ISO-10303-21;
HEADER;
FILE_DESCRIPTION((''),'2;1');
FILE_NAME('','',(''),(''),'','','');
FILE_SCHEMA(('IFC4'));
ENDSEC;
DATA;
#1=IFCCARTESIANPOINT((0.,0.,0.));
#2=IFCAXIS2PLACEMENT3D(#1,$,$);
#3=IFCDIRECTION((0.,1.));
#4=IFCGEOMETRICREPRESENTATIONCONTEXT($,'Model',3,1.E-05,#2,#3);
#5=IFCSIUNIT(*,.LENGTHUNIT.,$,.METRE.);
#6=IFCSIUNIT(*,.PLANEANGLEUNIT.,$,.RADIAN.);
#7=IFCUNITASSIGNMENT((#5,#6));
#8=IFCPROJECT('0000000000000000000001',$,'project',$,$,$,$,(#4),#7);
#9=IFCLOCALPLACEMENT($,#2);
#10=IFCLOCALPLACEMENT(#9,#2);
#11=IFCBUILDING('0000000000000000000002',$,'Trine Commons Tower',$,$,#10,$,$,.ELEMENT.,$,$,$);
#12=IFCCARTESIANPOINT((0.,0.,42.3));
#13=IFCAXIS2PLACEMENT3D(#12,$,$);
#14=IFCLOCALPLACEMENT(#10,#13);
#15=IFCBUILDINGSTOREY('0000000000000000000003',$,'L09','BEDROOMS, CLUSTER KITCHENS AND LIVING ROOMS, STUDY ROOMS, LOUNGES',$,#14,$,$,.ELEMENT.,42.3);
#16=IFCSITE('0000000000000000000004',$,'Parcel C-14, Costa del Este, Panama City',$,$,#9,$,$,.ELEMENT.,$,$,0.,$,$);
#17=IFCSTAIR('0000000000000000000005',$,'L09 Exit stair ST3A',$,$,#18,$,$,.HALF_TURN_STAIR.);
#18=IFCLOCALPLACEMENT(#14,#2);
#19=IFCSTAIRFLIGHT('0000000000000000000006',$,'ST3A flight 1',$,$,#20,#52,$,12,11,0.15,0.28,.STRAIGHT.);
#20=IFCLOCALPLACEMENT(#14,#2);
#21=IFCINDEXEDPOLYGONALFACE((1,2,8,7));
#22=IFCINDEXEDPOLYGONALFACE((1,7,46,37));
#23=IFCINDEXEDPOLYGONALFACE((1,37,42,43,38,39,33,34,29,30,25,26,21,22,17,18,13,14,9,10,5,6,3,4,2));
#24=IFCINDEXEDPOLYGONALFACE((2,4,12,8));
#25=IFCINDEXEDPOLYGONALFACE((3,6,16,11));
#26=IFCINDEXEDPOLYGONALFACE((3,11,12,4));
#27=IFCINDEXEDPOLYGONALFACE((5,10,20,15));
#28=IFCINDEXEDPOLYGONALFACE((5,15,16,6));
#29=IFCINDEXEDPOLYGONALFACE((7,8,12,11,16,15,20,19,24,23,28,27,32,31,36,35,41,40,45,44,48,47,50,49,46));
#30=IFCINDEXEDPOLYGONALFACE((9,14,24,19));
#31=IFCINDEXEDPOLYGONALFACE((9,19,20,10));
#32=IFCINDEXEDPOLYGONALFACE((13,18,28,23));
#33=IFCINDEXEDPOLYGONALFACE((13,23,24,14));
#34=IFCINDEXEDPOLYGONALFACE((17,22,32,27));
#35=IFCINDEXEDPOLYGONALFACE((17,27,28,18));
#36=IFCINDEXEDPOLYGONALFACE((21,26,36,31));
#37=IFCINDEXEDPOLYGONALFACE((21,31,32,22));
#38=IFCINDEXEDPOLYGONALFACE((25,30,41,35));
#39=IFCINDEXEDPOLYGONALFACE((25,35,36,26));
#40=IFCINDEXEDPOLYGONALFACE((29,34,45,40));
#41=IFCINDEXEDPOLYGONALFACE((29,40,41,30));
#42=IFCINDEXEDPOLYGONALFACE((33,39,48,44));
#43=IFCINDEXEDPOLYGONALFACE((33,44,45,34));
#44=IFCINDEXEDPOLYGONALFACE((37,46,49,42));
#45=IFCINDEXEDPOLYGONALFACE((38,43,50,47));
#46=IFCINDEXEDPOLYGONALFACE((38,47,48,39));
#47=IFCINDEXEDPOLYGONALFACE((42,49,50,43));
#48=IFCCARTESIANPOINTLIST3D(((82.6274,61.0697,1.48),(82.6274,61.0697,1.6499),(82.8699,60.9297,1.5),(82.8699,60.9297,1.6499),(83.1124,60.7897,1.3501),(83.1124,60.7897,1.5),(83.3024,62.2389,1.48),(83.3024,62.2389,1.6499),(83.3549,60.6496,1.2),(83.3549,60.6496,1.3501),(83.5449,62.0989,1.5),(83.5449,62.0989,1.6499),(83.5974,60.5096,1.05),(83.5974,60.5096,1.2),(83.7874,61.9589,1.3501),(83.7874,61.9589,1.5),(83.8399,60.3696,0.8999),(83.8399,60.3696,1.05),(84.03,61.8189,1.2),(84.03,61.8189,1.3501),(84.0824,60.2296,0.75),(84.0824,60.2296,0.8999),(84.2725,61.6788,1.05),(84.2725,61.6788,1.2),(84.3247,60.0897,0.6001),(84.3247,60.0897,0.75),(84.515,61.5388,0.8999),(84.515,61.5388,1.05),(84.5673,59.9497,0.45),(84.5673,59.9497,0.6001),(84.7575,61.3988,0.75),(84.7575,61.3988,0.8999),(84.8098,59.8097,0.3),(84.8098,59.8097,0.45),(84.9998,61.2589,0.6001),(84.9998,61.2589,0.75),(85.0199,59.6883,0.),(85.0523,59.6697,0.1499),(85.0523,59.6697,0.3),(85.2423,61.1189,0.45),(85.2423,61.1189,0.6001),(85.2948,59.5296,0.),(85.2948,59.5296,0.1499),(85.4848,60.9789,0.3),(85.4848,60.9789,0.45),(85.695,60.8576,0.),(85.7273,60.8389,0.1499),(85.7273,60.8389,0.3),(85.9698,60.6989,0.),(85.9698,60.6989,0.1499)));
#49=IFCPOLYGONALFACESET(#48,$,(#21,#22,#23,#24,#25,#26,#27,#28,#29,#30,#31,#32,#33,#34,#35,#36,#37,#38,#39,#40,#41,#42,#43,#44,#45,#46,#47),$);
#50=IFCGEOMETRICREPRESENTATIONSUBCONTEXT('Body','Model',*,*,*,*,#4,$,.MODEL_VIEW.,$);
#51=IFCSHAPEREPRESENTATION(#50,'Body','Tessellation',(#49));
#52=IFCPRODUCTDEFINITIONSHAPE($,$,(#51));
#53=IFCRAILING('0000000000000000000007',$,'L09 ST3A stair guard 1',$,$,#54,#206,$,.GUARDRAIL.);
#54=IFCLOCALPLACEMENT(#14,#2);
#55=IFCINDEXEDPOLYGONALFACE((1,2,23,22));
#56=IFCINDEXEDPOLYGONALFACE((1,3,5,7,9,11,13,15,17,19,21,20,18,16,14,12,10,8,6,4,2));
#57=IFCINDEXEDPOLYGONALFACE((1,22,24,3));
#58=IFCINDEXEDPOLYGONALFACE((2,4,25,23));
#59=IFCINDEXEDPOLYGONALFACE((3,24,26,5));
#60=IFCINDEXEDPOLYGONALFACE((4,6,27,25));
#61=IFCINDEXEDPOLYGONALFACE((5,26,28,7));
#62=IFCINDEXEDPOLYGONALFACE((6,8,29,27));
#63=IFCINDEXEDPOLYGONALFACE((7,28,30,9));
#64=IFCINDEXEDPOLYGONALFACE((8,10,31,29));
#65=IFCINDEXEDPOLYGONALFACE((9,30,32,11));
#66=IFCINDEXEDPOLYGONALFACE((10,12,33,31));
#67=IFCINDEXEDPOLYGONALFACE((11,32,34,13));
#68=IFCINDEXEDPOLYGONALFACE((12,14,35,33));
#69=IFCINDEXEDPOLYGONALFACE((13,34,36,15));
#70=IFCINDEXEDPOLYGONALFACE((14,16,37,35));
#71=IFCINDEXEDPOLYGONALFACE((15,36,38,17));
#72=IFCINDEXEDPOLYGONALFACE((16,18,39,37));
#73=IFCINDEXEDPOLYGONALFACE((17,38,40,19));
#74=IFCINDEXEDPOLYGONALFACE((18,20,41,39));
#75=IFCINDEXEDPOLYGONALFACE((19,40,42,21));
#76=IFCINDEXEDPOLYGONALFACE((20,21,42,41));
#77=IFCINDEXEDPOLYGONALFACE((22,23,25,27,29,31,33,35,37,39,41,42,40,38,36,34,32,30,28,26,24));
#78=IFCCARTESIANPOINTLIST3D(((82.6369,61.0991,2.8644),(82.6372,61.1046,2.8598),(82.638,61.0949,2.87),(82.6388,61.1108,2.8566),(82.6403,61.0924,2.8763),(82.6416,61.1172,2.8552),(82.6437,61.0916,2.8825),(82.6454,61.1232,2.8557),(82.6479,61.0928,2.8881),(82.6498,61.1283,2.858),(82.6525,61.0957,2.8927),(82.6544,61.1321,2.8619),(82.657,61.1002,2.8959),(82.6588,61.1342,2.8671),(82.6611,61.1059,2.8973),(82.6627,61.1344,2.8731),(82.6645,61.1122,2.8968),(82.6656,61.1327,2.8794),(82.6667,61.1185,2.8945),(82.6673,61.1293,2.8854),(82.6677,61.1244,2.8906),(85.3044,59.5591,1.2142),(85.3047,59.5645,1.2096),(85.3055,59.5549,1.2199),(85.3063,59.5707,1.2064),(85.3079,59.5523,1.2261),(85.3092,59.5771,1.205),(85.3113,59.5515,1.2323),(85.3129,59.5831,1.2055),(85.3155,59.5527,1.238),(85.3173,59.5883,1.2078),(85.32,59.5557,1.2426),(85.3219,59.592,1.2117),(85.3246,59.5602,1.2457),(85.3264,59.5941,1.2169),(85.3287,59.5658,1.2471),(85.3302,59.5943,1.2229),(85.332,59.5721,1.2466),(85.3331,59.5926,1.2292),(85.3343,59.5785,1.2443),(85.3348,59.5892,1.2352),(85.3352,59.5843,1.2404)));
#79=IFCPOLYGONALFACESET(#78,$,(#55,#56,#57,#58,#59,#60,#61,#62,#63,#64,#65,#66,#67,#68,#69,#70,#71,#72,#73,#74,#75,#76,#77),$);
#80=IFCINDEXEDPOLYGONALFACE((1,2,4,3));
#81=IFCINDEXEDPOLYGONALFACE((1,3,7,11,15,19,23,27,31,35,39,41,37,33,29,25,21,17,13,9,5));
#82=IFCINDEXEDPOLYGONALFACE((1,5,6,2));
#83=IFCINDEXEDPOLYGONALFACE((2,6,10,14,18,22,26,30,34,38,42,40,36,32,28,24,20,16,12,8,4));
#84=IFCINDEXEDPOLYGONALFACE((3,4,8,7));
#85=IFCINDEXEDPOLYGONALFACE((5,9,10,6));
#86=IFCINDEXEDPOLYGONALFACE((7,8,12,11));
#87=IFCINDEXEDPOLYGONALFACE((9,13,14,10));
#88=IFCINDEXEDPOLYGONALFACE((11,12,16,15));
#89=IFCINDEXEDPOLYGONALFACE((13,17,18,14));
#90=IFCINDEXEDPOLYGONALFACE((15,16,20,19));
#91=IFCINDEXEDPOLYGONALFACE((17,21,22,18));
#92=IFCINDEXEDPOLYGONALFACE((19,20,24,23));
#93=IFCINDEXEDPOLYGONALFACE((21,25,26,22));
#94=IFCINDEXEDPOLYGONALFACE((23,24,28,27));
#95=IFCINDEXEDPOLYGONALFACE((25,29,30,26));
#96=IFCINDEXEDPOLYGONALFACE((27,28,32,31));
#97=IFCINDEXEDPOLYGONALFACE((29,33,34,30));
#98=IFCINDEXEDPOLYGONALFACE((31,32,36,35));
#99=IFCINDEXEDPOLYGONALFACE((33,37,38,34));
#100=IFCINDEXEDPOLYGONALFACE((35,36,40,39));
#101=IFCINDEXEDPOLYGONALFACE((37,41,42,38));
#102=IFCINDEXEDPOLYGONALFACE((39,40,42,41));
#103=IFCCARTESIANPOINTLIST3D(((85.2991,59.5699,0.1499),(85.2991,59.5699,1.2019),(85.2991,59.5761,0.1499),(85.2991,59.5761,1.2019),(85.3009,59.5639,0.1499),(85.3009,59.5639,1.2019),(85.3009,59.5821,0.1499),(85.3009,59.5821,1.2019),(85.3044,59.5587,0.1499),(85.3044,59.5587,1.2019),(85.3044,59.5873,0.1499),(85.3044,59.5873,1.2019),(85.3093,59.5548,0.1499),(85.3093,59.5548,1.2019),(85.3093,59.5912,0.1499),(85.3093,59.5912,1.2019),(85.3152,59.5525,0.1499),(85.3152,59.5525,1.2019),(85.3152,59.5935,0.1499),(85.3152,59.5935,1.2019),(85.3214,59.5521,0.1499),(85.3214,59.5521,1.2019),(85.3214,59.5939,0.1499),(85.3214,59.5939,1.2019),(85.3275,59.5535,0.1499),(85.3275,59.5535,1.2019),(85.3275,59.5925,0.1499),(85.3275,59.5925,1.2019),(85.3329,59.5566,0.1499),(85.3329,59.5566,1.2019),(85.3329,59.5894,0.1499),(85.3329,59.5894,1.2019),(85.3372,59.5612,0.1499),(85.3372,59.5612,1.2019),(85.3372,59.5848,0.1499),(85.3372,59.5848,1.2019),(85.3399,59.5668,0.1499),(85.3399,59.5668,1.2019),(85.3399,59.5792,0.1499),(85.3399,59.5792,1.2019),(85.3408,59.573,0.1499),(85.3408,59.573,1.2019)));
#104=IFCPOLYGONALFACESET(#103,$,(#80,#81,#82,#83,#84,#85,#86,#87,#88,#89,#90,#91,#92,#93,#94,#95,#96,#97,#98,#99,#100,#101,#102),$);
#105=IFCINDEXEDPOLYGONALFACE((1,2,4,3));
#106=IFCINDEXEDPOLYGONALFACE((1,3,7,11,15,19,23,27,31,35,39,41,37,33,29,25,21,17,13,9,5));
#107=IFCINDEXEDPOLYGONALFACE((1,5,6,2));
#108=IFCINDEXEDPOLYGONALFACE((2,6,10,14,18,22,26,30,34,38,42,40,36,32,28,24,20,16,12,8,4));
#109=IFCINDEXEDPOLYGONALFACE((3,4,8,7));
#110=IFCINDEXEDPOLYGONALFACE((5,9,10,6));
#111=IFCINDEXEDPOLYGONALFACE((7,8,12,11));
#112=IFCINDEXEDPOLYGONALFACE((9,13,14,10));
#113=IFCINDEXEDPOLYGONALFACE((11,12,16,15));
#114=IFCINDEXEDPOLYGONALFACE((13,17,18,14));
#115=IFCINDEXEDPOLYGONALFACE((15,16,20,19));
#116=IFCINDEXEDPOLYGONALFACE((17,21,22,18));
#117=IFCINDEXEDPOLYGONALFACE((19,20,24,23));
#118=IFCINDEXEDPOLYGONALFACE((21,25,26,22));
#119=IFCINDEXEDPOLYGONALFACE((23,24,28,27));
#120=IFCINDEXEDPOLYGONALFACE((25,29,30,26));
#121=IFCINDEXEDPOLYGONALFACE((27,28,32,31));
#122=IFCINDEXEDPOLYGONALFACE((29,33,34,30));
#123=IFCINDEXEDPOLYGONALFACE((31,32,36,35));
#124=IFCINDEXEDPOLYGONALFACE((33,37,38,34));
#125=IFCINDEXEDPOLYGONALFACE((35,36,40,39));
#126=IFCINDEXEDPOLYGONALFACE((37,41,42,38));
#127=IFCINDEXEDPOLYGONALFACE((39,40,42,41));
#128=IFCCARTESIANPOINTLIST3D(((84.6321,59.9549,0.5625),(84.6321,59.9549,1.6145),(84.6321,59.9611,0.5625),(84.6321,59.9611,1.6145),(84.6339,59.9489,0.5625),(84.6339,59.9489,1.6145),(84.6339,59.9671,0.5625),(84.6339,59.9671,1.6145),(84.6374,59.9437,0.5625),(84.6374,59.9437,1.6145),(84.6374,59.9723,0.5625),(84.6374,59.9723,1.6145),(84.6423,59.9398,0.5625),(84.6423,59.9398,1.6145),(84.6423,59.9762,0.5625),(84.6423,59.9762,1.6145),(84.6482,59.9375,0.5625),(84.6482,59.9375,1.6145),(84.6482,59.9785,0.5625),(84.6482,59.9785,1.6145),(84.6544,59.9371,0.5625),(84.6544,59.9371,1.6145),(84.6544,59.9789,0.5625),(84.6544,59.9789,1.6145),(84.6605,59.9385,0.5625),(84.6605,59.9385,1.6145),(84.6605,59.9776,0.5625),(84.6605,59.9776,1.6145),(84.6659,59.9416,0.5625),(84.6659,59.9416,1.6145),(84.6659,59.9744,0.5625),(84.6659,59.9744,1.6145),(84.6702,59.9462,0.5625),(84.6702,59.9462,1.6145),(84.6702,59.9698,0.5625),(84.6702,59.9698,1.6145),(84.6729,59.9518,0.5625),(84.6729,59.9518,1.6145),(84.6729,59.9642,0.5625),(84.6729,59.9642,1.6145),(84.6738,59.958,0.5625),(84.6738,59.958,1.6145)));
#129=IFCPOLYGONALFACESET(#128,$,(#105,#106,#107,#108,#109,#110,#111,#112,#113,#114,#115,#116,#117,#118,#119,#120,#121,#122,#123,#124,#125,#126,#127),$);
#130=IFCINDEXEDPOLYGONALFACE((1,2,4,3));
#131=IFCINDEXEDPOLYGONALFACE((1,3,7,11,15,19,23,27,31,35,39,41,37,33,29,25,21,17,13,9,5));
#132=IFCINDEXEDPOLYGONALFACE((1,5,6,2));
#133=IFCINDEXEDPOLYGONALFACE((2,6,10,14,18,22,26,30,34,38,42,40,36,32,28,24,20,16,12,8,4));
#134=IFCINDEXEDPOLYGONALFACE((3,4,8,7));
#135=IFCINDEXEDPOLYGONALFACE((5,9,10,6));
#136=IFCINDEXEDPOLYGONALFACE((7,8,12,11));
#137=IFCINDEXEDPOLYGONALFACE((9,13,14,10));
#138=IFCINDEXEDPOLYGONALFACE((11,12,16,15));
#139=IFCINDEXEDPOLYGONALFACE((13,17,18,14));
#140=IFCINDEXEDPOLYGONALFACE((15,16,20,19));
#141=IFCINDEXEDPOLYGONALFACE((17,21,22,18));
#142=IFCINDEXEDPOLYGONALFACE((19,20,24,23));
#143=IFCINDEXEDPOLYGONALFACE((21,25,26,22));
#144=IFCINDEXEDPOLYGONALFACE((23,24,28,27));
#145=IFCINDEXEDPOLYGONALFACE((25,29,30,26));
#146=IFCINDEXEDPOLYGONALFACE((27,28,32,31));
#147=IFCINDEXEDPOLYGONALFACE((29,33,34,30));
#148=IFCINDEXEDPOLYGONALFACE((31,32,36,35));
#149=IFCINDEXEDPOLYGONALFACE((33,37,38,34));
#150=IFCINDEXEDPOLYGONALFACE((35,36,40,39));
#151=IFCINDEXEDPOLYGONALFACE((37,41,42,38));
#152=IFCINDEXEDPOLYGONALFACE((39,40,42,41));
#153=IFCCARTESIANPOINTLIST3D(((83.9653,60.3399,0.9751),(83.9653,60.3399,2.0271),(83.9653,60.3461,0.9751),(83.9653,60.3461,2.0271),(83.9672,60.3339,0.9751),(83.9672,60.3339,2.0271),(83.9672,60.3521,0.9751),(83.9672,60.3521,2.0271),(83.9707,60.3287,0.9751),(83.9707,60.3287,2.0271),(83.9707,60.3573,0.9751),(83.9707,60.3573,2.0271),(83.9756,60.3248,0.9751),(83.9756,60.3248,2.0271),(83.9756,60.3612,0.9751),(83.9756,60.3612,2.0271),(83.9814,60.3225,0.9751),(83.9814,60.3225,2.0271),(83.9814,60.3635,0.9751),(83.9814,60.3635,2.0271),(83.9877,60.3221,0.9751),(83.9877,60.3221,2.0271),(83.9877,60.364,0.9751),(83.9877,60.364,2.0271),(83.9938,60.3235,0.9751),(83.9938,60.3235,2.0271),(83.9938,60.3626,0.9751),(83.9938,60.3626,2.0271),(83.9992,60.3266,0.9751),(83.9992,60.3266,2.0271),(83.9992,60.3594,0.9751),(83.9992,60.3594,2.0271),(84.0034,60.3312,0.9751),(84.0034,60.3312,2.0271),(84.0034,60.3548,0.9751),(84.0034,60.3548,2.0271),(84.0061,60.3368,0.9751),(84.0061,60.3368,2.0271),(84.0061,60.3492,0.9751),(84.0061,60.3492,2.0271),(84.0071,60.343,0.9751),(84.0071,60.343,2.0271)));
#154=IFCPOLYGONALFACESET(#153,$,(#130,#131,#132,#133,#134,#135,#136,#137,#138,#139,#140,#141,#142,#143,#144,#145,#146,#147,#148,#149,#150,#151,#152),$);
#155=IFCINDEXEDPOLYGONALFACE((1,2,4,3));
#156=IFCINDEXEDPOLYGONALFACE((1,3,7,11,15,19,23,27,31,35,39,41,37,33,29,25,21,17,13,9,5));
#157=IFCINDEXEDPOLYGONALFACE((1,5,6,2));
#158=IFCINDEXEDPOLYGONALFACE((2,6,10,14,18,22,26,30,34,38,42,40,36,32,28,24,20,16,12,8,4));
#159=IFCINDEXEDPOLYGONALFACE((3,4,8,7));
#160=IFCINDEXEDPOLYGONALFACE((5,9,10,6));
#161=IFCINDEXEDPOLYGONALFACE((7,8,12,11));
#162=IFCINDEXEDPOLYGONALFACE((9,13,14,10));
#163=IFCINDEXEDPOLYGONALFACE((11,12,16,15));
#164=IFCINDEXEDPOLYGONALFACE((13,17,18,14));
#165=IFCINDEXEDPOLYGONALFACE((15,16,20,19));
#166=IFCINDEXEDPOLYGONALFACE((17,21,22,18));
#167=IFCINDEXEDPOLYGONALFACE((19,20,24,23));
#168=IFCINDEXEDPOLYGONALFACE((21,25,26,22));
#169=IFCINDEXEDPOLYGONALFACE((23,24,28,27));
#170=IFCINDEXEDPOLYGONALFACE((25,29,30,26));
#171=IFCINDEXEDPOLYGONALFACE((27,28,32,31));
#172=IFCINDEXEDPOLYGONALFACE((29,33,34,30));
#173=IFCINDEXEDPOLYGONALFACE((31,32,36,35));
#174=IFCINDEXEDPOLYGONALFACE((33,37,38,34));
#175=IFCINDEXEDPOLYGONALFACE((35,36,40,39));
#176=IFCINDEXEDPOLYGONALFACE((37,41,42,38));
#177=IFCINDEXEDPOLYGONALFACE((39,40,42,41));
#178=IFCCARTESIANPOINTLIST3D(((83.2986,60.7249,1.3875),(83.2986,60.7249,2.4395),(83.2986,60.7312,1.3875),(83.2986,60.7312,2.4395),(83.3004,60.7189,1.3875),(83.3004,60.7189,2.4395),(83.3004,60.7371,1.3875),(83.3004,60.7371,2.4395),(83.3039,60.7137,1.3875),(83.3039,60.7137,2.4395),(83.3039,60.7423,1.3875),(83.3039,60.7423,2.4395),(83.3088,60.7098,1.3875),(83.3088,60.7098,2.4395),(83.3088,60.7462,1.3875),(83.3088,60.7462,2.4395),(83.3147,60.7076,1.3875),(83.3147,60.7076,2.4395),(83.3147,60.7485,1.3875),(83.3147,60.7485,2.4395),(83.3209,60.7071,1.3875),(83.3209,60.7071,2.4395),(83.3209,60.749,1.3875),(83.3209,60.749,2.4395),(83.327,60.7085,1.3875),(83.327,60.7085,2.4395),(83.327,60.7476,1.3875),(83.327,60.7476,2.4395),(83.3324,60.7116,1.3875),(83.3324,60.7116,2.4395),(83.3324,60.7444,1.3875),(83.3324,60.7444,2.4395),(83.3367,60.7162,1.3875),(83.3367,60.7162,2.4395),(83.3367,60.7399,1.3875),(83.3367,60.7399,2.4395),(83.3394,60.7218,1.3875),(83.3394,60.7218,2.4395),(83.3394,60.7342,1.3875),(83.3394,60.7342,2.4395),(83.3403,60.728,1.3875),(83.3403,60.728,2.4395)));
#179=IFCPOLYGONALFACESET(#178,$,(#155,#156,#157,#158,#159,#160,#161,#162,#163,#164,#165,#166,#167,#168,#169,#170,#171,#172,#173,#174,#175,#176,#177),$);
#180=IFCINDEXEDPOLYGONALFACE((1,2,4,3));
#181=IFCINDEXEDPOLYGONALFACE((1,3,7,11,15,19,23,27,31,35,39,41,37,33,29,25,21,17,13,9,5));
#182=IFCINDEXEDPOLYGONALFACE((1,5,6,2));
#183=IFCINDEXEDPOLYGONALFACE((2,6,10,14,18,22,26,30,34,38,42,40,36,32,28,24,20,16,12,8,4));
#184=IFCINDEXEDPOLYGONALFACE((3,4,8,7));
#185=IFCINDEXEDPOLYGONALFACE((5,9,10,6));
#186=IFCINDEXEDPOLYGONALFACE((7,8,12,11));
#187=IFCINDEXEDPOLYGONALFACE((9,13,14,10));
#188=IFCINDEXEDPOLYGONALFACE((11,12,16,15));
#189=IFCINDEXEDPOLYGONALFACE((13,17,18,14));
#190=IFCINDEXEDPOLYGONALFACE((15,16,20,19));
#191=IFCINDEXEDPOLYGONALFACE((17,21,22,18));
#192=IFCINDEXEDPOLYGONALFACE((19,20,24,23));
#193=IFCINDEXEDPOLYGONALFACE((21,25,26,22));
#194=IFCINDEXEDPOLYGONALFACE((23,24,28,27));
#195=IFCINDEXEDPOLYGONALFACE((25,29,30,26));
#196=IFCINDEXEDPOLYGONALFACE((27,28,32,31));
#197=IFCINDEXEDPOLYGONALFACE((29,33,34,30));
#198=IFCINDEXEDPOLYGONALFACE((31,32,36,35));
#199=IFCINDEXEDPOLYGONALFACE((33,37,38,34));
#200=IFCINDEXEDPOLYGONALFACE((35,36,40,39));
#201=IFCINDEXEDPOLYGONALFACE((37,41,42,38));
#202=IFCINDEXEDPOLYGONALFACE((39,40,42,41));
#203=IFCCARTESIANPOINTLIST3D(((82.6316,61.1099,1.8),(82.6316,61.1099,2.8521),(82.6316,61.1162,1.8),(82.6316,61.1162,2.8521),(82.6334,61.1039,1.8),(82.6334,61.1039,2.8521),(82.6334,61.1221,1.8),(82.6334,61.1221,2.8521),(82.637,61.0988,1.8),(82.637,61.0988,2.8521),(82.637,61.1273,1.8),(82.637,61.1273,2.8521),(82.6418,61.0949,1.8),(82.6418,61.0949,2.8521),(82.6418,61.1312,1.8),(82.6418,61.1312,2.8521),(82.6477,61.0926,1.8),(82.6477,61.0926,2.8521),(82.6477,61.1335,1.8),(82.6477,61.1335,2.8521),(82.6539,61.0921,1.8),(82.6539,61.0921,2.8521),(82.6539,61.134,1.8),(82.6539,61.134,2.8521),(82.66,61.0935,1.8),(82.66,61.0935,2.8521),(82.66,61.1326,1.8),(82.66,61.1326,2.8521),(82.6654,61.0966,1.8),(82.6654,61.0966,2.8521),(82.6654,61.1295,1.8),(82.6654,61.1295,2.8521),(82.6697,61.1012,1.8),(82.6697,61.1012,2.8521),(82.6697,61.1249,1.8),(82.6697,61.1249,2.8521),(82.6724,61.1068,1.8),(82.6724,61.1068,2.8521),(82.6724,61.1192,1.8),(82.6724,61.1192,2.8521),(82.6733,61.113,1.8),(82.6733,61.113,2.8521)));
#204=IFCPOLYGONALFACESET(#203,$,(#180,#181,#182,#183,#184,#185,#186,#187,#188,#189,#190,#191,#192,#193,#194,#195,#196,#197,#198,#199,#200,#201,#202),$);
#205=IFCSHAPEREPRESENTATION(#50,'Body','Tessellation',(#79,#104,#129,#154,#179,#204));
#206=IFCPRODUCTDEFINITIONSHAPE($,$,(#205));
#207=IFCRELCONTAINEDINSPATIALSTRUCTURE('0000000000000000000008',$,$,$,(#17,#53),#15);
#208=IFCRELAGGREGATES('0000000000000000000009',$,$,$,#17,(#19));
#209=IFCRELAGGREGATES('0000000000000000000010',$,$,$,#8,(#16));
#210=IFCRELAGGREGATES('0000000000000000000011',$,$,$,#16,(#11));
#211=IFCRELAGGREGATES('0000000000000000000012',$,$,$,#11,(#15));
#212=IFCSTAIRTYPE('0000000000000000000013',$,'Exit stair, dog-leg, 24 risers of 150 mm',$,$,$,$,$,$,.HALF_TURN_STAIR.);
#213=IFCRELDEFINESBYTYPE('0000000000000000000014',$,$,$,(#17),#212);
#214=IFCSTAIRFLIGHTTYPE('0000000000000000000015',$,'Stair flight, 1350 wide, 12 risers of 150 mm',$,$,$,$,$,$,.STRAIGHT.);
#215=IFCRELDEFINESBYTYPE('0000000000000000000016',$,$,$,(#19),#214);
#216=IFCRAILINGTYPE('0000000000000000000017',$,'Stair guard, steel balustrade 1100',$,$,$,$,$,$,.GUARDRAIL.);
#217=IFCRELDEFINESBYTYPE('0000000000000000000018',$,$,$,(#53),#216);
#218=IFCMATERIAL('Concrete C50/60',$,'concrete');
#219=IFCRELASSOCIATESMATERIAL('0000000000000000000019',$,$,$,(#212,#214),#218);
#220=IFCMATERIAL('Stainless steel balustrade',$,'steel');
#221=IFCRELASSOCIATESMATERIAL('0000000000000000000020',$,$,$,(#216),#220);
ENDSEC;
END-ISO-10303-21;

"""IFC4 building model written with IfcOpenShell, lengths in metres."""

from ifc_helpers import new_model, si_unit, direction, frame, origin, origin_2d, place, context, subcontext, project, spatial, polyline, circle, outline, extrude, material, type_object, element, aggregate, save


model = new_model("IFC4")

# Units and contexts
model_context = context("Model", 3, precision=1e-05, world=origin(), true_north=direction((0.0, 1.0)))
body_context = subcontext(model_context, "Body", "Model", "MODEL_VIEW")
ifc_project = project(units=[si_unit("LENGTHUNIT", "METRE"), si_unit("PLANEANGLEUNIT", "RADIAN")], contexts=[model_context])

# Site, building, storey
site_placement = place(None, origin())
site = spatial("IfcSite", under=ifc_project, at=site_placement, Name="Parcel C-14, Costa del Este, Panama City", CompositionType="ELEMENT", RefElevation=0.0)
building_placement = place(site_placement, origin())
building = spatial("IfcBuilding", under=site, at=building_placement, Name="Trine Commons Tower", CompositionType="ELEMENT")
storey_placement = place(building_placement, frame((0.0, 0.0, 42.3)))
storey = spatial("IfcBuildingStorey", under=building, at=storey_placement, Name="L09", Description="BEDROOMS, CLUSTER KITCHENS AND LIVING ROOMS, STUDY ROOMS, LOUNGES", CompositionType="ELEMENT", Elevation=42.3)

# Shared definitions
ifc_material_1 = material(Name="Concrete C50/60", Category="concrete")

# Stair, stair flight
stair_type = type_object("IfcStairType", Name="Exit stair, dog-leg, 24 risers of 150 mm", PredefinedType="HALF_TURN_STAIR", material=ifc_material_1)
stair_placement = place(storey_placement, origin())
stair = element("IfcStair", 1, at=stair_placement, inside=storey, type_object=stair_type, Name="L09 Exit stair ST3A", PredefinedType="HALF_TURN_STAIR")
stair_flight_type = type_object("IfcStairFlightType", Name="Stair flight, 1350 wide, 12 risers of 150 mm", PredefinedType="STRAIGHT", material=ifc_material_1)
stair_flight_placement = place(storey_placement, frame((85.6323, 60.1143, 0.0), z_axis=(0.0, 0.0, 1.0), x_axis=(-0.866025, 0.5, 0.0)))
stair_flight = element("IfcStairFlight", 2, at=stair_flight_placement, type_object=stair_flight_type, Name="ST3A flight 1", NumberOfRisers=12, NumberOfTreads=11, PredefinedType="STRAIGHT", RiserHeight=0.15, TreadLength=0.28, context=body_context, shape_type="SweptSolid", body=[
    extrude(outline(polyline([(0.0, 0.0), (0.0, 0.1499), (0.28, 0.1499), (0.28, 0.3), (0.5601, 0.3), (0.5601, 0.45), (0.8401, 0.45), (0.8401, 0.6001), (1.1201, 0.6001), (1.1201, 0.75), (1.3999, 0.75), (1.3999, 0.8999), (1.6799, 0.8999), (1.6799, 1.05), (1.96, 1.05), (1.96, 1.2), (2.24, 1.2), (2.24, 1.3501), (2.52, 1.3501), (2.52, 1.5), (2.8, 1.5), (2.8, 1.6499), (3.0801, 1.6499), (3.0801, 1.8), (3.0801, 1.48), (0.3174, 0.0), (0.0, 0.0)])), frame((0.0, 0.675, 0.0), z_axis=(0.0, -1.0, 0.0), x_axis=(1.0, 0.0, 0.0)), (0.0, 0.0, 1.0), 1.3501),
])
aggregate(stair, [stair_flight])

# Railing
ifc_material_2 = material(Name="Stainless steel balustrade", Category="steel")
railing_type_1 = type_object("IfcRailingType", Name="Stair guard, steel balustrade 1100", PredefinedType="GUARDRAIL", material=ifc_material_2)
railing_1_placement = place(storey_placement, frame((85.3198, 59.573, 0.1499)))
element("IfcRailing", 3, at=railing_1_placement, inside=storey, type_object=railing_type_1, Name="L09 ST3A stair guard 1", PredefinedType="GUARDRAIL", context=body_context, shape_type="SweptSolid", body=[
    extrude(circle(Radius=0.0239, at=origin_2d()), frame((0.0, 0.0, 1.0762), z_axis=(-0.76338, 0.440728, 0.472239), x_axis=(-0.499992, -0.86603, 0.0)), (0.0, 0.0, 1.0), 3.4944),
    extrude(circle(Radius=0.021, at=origin_2d()), origin(), (0.0, 0.0, 1.0), 1.052),
    extrude(circle(Radius=0.021, at=origin_2d()), frame((-0.667, 0.385, 0.4126)), (0.0, 0.0, 1.0), 1.052),
    extrude(circle(Radius=0.021, at=origin_2d()), frame((-1.3337, 0.77, 0.8252)), (0.0, 0.0, 1.0), 1.052),
    extrude(circle(Radius=0.021, at=origin_2d()), frame((-2.0005, 1.155, 1.2375)), (0.0, 0.0, 1.0), 1.052),
    extrude(circle(Radius=0.021, at=origin_2d()), frame((-2.6675, 1.54, 1.6501)), (0.0, 0.0, 1.0), 1.052),
])

save(model, "model.ifc")
